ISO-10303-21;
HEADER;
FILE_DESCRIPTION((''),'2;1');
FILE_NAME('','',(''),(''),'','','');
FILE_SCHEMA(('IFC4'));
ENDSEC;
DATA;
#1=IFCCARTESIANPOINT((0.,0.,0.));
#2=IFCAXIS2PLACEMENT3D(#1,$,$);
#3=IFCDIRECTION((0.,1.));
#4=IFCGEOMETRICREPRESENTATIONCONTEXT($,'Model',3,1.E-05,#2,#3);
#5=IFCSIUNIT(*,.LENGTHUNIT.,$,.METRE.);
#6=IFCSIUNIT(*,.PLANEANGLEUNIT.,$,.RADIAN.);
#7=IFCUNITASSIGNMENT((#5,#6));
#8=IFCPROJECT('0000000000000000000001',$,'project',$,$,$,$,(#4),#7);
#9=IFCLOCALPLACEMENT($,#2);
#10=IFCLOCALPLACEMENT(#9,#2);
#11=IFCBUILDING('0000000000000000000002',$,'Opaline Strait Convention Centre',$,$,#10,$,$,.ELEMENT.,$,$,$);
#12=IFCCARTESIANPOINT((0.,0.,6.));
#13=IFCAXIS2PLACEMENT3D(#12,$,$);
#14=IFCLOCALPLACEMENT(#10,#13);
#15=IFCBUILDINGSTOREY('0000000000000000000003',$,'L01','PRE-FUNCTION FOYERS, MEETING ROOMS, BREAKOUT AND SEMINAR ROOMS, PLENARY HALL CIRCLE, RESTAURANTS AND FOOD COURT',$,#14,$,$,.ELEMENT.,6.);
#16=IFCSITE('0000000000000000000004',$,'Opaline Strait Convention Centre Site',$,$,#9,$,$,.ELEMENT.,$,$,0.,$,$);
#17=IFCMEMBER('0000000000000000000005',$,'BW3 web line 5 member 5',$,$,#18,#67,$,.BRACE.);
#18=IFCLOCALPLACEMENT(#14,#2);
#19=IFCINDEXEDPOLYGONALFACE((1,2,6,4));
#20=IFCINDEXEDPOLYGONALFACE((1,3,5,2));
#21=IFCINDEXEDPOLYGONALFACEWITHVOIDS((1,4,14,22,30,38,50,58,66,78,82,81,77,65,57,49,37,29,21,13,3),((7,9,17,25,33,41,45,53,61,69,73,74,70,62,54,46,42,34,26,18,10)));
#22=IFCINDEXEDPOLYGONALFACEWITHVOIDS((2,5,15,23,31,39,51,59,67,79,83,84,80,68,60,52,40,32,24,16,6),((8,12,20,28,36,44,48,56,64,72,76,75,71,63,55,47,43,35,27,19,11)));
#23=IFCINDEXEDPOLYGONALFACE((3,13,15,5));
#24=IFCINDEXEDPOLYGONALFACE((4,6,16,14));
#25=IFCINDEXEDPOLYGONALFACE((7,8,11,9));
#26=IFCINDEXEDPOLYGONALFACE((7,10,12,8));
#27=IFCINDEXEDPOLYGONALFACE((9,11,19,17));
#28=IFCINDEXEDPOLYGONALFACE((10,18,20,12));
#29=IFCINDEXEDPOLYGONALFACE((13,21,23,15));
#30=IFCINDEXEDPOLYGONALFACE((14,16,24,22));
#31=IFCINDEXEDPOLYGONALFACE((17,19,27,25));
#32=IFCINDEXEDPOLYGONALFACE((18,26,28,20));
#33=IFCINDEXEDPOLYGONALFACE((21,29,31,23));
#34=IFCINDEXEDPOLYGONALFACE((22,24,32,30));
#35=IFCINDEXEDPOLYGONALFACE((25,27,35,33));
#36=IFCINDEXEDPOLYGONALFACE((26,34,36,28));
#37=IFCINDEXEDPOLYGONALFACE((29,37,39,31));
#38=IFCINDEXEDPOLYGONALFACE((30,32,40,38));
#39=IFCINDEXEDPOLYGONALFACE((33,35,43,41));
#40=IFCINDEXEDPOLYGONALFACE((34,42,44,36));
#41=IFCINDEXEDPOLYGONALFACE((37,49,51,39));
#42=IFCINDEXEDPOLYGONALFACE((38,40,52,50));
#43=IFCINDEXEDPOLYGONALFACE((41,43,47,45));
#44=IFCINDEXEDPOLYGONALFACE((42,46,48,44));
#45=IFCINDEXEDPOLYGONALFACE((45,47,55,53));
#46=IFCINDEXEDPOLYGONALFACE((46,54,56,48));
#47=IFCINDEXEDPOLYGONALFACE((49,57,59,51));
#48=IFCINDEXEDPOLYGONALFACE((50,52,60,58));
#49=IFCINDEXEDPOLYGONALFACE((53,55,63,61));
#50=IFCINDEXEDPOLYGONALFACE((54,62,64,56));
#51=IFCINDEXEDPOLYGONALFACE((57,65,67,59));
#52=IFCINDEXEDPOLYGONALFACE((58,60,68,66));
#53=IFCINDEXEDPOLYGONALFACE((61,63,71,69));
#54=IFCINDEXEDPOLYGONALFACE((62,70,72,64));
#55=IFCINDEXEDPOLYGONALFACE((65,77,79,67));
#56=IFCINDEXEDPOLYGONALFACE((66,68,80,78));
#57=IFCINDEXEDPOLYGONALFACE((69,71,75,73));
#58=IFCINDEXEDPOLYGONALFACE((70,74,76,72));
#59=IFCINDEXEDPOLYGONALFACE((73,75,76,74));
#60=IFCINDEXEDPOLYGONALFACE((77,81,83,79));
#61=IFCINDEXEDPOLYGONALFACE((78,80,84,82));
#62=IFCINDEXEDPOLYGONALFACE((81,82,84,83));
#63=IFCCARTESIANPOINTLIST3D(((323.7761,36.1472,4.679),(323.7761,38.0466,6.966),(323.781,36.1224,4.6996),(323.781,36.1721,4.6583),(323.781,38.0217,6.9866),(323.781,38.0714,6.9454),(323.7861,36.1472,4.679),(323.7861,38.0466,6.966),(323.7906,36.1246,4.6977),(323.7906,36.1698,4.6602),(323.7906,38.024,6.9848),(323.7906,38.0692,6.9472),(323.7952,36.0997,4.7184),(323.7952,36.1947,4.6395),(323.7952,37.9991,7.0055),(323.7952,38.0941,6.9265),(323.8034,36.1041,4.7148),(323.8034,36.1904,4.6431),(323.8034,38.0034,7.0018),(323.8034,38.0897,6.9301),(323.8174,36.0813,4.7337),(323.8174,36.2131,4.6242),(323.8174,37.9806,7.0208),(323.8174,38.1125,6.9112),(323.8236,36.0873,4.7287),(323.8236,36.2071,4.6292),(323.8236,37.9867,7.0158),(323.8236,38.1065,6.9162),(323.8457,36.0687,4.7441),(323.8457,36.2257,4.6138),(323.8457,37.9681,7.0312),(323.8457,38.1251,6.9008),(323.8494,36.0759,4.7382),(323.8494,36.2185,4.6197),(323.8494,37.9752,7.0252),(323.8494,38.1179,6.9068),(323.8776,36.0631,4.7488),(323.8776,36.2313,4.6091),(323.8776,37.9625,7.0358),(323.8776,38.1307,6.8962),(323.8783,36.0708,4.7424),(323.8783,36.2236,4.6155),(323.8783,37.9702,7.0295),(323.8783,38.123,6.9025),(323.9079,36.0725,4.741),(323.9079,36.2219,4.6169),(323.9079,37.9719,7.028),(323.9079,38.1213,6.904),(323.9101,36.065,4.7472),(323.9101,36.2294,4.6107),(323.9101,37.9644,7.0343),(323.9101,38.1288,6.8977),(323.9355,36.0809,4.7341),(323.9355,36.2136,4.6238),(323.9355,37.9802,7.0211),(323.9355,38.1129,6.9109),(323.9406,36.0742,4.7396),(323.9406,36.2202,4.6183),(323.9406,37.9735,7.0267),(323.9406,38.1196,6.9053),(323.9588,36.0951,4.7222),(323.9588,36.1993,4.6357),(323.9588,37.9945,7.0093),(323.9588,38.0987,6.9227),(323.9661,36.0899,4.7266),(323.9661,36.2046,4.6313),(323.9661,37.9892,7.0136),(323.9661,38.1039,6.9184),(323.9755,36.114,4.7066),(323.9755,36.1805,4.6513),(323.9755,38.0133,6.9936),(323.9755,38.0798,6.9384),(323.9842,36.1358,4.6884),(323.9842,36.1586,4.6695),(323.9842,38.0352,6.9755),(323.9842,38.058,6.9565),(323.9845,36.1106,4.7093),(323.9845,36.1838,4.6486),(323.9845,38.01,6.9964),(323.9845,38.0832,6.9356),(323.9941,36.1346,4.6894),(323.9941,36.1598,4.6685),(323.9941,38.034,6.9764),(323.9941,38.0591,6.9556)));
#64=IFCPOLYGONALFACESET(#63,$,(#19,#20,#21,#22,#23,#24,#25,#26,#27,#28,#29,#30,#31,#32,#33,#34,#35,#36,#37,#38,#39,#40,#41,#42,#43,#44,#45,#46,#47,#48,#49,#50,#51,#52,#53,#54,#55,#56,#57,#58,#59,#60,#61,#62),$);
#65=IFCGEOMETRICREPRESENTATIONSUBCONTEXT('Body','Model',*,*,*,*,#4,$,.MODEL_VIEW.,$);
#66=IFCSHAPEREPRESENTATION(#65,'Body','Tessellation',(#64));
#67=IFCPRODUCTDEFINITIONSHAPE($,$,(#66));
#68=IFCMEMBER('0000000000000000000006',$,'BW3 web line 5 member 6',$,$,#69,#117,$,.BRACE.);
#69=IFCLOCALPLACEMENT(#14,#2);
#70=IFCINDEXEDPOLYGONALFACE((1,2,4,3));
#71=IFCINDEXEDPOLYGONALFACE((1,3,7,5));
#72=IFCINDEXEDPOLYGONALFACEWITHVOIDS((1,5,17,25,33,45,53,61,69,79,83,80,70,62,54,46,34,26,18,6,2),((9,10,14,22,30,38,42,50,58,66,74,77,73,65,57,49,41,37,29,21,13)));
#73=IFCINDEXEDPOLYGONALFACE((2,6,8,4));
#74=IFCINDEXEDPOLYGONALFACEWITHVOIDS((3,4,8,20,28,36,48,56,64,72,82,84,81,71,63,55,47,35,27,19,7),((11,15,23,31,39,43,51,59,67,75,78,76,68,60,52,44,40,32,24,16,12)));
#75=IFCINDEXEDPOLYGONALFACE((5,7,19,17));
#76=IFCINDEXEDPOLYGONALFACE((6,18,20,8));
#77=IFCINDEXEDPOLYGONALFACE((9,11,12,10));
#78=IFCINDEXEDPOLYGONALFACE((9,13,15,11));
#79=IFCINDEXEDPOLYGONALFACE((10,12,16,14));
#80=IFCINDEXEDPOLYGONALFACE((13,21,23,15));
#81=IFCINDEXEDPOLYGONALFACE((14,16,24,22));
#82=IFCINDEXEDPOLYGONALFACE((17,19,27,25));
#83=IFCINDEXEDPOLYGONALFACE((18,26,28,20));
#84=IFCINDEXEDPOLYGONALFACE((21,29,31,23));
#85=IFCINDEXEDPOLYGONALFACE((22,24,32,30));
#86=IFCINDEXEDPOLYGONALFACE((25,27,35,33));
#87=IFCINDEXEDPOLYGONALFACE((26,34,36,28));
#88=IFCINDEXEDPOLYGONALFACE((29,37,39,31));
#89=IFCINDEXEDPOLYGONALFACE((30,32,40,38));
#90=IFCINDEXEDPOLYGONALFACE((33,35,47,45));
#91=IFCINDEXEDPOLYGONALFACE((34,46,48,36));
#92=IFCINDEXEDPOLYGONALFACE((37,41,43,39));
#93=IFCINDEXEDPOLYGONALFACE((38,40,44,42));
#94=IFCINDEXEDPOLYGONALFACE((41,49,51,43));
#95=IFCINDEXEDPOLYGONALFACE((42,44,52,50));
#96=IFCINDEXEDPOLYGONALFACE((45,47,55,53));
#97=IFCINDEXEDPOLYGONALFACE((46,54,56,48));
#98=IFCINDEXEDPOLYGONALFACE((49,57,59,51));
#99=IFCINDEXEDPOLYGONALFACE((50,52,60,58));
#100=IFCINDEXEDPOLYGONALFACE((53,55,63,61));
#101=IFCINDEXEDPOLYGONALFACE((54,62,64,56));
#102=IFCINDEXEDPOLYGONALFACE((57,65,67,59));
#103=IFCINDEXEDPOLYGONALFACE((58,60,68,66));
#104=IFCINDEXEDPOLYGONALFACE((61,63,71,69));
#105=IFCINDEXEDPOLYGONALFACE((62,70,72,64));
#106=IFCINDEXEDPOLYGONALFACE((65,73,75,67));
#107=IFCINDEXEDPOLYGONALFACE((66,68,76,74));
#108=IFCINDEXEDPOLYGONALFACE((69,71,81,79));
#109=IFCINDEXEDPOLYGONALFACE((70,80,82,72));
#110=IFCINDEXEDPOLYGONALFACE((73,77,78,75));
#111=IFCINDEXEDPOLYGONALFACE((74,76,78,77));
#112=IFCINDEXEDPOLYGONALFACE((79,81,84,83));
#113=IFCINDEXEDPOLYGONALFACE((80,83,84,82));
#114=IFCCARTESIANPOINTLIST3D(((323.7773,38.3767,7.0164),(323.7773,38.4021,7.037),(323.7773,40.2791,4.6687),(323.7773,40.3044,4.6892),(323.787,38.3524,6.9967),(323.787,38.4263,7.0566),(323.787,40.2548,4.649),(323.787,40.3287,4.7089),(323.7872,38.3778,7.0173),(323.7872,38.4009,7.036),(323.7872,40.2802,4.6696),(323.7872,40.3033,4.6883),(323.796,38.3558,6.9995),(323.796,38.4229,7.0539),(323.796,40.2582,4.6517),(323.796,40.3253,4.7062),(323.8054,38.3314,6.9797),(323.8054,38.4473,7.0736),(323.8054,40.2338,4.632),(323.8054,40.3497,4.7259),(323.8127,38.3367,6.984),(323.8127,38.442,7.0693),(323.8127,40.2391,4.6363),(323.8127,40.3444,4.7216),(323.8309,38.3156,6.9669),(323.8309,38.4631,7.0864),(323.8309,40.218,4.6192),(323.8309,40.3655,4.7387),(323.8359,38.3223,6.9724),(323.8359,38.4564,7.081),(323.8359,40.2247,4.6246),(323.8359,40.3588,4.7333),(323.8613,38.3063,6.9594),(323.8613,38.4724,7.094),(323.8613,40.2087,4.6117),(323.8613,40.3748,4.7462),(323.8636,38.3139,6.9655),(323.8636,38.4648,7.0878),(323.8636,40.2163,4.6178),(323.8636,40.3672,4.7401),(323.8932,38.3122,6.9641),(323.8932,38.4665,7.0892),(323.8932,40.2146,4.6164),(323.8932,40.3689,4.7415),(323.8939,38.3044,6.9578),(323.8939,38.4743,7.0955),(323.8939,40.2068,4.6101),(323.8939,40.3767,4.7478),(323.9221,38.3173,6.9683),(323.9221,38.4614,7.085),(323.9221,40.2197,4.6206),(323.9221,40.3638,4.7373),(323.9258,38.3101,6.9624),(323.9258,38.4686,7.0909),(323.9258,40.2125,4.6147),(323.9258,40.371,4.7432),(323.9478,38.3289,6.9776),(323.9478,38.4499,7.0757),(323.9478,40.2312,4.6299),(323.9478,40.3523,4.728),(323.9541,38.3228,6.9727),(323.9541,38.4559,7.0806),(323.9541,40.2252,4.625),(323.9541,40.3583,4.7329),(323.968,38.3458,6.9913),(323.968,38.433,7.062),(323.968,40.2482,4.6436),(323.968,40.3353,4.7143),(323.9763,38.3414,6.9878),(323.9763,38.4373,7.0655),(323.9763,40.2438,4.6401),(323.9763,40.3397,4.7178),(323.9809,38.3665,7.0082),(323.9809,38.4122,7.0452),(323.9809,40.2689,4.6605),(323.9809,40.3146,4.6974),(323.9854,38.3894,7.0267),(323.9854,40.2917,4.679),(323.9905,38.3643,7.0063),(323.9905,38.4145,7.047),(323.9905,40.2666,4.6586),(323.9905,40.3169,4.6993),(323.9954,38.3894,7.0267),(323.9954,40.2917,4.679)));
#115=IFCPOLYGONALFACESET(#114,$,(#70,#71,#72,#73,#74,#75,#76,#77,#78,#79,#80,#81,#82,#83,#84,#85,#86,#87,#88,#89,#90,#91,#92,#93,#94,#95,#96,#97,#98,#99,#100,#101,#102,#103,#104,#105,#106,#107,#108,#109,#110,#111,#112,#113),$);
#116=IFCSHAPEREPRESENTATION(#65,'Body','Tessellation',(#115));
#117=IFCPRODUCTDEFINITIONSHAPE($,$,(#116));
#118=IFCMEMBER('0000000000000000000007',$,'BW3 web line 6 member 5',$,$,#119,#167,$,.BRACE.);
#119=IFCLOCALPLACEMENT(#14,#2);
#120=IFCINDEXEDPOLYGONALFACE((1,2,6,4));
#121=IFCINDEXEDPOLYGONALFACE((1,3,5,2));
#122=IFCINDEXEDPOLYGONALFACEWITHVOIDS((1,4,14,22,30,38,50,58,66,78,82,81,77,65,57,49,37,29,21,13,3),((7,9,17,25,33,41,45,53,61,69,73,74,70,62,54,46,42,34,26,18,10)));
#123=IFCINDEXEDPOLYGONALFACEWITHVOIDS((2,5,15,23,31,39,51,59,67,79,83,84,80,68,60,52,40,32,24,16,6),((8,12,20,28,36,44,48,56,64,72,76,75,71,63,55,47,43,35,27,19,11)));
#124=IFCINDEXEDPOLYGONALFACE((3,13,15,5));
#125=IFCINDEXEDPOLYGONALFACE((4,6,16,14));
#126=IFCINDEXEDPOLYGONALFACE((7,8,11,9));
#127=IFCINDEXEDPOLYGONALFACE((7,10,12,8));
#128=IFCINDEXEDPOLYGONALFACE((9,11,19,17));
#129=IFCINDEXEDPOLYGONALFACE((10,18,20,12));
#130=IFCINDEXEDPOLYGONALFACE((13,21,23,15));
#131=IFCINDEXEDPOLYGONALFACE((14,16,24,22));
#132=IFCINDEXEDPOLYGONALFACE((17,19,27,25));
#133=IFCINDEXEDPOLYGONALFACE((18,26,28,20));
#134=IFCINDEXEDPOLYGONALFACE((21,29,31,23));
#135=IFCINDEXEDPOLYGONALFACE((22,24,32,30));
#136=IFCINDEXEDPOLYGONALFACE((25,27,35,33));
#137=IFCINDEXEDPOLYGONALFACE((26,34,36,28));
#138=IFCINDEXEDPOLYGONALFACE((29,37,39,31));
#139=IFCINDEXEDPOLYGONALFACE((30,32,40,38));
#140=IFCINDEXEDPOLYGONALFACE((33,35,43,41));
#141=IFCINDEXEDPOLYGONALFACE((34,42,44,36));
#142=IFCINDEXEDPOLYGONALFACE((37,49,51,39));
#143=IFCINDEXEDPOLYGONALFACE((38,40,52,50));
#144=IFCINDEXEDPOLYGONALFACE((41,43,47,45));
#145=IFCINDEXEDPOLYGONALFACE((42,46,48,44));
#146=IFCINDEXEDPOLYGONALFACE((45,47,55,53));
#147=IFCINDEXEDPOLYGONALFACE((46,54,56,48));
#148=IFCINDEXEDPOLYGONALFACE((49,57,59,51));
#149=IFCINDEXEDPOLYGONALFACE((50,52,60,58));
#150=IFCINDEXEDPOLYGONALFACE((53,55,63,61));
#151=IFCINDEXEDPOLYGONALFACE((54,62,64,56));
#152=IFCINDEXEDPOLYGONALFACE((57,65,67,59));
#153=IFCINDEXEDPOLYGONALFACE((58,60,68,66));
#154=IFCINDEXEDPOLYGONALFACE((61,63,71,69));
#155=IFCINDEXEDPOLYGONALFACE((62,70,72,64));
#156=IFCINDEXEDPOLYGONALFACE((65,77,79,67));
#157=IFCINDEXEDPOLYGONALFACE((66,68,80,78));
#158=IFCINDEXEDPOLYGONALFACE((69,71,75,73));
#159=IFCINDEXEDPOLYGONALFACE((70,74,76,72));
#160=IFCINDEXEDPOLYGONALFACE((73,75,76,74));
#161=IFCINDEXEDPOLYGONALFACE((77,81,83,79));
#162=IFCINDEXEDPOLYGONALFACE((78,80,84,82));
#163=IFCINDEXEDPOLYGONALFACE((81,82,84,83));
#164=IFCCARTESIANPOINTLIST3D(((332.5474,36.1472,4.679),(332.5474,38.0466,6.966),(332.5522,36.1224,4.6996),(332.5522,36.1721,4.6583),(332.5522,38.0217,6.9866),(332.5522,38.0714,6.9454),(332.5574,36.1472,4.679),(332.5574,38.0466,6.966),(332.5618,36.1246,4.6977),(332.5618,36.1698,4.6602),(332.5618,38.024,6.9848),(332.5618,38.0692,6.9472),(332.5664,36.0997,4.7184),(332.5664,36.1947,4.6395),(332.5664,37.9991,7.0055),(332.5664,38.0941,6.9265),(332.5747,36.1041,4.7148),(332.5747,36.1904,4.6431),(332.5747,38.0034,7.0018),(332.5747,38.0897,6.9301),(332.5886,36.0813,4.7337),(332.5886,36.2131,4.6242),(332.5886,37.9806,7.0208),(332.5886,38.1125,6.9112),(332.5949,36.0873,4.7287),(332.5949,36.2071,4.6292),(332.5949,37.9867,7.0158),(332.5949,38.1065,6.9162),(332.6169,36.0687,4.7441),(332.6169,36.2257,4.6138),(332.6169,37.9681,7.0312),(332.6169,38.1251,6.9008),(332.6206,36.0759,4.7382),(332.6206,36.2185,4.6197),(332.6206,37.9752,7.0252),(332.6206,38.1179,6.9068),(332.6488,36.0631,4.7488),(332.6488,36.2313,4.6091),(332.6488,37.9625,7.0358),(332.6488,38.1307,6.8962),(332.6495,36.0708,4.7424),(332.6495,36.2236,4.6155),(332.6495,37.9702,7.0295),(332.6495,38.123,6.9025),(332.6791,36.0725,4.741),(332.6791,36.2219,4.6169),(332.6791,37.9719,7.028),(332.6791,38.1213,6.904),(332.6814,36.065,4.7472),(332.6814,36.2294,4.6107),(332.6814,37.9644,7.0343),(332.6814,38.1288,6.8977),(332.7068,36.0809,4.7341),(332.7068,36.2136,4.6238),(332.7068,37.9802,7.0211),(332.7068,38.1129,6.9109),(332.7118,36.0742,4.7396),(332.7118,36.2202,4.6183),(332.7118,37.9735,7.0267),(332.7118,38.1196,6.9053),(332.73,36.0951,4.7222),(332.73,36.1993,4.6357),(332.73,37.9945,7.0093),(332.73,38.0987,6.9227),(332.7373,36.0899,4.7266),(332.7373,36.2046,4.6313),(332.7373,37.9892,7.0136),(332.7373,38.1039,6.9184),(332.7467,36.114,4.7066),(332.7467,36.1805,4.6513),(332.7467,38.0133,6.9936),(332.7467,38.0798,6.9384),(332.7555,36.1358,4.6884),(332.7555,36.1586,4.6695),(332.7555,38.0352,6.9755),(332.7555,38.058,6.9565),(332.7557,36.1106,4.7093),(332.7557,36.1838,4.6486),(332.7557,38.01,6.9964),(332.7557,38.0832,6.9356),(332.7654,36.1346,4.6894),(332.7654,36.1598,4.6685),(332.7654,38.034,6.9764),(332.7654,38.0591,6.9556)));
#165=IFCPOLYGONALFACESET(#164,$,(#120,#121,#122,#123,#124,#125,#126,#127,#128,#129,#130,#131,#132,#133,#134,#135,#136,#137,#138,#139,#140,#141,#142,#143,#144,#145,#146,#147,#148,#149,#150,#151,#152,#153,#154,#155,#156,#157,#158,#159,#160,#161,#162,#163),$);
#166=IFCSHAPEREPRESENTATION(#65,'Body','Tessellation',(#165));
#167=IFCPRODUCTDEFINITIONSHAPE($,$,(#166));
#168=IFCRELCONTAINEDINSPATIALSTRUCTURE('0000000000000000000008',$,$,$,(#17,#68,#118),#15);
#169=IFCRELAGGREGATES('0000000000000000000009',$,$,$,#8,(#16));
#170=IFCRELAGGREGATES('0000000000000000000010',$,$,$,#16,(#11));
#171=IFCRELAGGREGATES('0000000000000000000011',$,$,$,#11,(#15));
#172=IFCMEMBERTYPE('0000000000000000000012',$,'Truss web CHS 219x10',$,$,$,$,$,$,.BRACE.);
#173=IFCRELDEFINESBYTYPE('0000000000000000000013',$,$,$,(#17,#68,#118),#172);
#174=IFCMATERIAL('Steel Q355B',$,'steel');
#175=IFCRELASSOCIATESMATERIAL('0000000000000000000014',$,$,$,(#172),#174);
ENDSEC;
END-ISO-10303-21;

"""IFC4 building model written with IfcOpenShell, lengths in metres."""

from ifc_helpers import new_model, si_unit, direction, frame, origin, origin_2d, place, context, subcontext, project, spatial, hollow_circle, extrude, material, material_profile, profile_set, type_object, element, save


model = new_model("IFC4")

# Units and contexts
model_context = context("Model", 3, precision=1e-05, world=origin(), true_north=direction((0.0, 1.0)))
body_context = subcontext(model_context, "Body", "Model", "MODEL_VIEW")
ifc_project = project(units=[si_unit("LENGTHUNIT", "METRE"), si_unit("PLANEANGLEUNIT", "RADIAN")], contexts=[model_context])

# Site, building, storey
site_placement = place(None, origin())
site = spatial("IfcSite", under=ifc_project, at=site_placement, Name="Opaline Strait Convention Centre Site", CompositionType="ELEMENT", RefElevation=0.0)
building_placement = place(site_placement, origin())
building = spatial("IfcBuilding", under=site, at=building_placement, Name="Opaline Strait Convention Centre", CompositionType="ELEMENT")
storey_placement = place(building_placement, frame((0.0, 0.0, 6.0)))
storey = spatial("IfcBuildingStorey", under=building, at=storey_placement, Name="L01", Description="PRE-FUNCTION FOYERS, MEETING ROOMS, BREAKOUT AND SEMINAR ROOMS, PLENARY HALL CIRCLE, RESTAURANTS AND FOOD COURT", CompositionType="ELEMENT", Elevation=6.0)

# Members
ifc_material_1 = material(Name="Steel Q355B", Category="steel")
ifc_material_profile_1 = material_profile(ifc_material_1, hollow_circle(Radius=0.1096, WallThickness=0.01, at=origin_2d()), Name="CHS 219x10")
ifc_profile_set_1 = profile_set([ifc_material_profile_1], Name="Steel Q355B")
member_type_1 = type_object("IfcMemberType", Name="Truss web CHS 219x10", PredefinedType="BRACE", material=ifc_profile_set_1)
member_1_placement = place(storey_placement, frame((323.8857, 36.1472, 4.679), z_axis=(0.0, 0.638891, 0.769297), x_axis=(-1.0, 0.0, 0.0)))
element("IfcMember", 1, at=member_1_placement, inside=storey, type_object=member_type_1, Name="BW3 web line 5 member 5", PredefinedType="BRACE", context=body_context, shape_type="SweptSolid", body=[
    extrude(hollow_circle(Radius=0.1096, WallThickness=0.01, at=origin_2d()), origin(), (0.0, 0.0, 1.0), 2.9729),
])
member_2_placement = place(storey_placement, frame((323.8857, 40.2917, 4.679), z_axis=(0.0, -0.62957, 0.776944), x_axis=(1.0, 0.0, 0.0)))
element("IfcMember", 2, at=member_2_placement, inside=storey, type_object=member_type_1, Name="BW3 web line 5 member 6", PredefinedType="BRACE", context=body_context, shape_type="SweptSolid", body=[
    extrude(hollow_circle(Radius=0.1096, WallThickness=0.01, at=origin_2d()), origin(), (0.0, 0.0, 1.0), 3.0217),
])
member_3_placement = place(storey_placement, frame((332.657, 36.1472, 4.679), z_axis=(0.0, 0.638891, 0.769297), x_axis=(-1.0, 0.0, 0.0)))
element("IfcMember", 3, at=member_3_placement, inside=storey, type_object=member_type_1, Name="BW3 web line 6 member 5", PredefinedType="BRACE", context=body_context, shape_type="SweptSolid", body=[
    extrude(hollow_circle(Radius=0.1096, WallThickness=0.01, at=origin_2d()), origin(), (0.0, 0.0, 1.0), 2.9729),
])

save(model, "model.ifc")
